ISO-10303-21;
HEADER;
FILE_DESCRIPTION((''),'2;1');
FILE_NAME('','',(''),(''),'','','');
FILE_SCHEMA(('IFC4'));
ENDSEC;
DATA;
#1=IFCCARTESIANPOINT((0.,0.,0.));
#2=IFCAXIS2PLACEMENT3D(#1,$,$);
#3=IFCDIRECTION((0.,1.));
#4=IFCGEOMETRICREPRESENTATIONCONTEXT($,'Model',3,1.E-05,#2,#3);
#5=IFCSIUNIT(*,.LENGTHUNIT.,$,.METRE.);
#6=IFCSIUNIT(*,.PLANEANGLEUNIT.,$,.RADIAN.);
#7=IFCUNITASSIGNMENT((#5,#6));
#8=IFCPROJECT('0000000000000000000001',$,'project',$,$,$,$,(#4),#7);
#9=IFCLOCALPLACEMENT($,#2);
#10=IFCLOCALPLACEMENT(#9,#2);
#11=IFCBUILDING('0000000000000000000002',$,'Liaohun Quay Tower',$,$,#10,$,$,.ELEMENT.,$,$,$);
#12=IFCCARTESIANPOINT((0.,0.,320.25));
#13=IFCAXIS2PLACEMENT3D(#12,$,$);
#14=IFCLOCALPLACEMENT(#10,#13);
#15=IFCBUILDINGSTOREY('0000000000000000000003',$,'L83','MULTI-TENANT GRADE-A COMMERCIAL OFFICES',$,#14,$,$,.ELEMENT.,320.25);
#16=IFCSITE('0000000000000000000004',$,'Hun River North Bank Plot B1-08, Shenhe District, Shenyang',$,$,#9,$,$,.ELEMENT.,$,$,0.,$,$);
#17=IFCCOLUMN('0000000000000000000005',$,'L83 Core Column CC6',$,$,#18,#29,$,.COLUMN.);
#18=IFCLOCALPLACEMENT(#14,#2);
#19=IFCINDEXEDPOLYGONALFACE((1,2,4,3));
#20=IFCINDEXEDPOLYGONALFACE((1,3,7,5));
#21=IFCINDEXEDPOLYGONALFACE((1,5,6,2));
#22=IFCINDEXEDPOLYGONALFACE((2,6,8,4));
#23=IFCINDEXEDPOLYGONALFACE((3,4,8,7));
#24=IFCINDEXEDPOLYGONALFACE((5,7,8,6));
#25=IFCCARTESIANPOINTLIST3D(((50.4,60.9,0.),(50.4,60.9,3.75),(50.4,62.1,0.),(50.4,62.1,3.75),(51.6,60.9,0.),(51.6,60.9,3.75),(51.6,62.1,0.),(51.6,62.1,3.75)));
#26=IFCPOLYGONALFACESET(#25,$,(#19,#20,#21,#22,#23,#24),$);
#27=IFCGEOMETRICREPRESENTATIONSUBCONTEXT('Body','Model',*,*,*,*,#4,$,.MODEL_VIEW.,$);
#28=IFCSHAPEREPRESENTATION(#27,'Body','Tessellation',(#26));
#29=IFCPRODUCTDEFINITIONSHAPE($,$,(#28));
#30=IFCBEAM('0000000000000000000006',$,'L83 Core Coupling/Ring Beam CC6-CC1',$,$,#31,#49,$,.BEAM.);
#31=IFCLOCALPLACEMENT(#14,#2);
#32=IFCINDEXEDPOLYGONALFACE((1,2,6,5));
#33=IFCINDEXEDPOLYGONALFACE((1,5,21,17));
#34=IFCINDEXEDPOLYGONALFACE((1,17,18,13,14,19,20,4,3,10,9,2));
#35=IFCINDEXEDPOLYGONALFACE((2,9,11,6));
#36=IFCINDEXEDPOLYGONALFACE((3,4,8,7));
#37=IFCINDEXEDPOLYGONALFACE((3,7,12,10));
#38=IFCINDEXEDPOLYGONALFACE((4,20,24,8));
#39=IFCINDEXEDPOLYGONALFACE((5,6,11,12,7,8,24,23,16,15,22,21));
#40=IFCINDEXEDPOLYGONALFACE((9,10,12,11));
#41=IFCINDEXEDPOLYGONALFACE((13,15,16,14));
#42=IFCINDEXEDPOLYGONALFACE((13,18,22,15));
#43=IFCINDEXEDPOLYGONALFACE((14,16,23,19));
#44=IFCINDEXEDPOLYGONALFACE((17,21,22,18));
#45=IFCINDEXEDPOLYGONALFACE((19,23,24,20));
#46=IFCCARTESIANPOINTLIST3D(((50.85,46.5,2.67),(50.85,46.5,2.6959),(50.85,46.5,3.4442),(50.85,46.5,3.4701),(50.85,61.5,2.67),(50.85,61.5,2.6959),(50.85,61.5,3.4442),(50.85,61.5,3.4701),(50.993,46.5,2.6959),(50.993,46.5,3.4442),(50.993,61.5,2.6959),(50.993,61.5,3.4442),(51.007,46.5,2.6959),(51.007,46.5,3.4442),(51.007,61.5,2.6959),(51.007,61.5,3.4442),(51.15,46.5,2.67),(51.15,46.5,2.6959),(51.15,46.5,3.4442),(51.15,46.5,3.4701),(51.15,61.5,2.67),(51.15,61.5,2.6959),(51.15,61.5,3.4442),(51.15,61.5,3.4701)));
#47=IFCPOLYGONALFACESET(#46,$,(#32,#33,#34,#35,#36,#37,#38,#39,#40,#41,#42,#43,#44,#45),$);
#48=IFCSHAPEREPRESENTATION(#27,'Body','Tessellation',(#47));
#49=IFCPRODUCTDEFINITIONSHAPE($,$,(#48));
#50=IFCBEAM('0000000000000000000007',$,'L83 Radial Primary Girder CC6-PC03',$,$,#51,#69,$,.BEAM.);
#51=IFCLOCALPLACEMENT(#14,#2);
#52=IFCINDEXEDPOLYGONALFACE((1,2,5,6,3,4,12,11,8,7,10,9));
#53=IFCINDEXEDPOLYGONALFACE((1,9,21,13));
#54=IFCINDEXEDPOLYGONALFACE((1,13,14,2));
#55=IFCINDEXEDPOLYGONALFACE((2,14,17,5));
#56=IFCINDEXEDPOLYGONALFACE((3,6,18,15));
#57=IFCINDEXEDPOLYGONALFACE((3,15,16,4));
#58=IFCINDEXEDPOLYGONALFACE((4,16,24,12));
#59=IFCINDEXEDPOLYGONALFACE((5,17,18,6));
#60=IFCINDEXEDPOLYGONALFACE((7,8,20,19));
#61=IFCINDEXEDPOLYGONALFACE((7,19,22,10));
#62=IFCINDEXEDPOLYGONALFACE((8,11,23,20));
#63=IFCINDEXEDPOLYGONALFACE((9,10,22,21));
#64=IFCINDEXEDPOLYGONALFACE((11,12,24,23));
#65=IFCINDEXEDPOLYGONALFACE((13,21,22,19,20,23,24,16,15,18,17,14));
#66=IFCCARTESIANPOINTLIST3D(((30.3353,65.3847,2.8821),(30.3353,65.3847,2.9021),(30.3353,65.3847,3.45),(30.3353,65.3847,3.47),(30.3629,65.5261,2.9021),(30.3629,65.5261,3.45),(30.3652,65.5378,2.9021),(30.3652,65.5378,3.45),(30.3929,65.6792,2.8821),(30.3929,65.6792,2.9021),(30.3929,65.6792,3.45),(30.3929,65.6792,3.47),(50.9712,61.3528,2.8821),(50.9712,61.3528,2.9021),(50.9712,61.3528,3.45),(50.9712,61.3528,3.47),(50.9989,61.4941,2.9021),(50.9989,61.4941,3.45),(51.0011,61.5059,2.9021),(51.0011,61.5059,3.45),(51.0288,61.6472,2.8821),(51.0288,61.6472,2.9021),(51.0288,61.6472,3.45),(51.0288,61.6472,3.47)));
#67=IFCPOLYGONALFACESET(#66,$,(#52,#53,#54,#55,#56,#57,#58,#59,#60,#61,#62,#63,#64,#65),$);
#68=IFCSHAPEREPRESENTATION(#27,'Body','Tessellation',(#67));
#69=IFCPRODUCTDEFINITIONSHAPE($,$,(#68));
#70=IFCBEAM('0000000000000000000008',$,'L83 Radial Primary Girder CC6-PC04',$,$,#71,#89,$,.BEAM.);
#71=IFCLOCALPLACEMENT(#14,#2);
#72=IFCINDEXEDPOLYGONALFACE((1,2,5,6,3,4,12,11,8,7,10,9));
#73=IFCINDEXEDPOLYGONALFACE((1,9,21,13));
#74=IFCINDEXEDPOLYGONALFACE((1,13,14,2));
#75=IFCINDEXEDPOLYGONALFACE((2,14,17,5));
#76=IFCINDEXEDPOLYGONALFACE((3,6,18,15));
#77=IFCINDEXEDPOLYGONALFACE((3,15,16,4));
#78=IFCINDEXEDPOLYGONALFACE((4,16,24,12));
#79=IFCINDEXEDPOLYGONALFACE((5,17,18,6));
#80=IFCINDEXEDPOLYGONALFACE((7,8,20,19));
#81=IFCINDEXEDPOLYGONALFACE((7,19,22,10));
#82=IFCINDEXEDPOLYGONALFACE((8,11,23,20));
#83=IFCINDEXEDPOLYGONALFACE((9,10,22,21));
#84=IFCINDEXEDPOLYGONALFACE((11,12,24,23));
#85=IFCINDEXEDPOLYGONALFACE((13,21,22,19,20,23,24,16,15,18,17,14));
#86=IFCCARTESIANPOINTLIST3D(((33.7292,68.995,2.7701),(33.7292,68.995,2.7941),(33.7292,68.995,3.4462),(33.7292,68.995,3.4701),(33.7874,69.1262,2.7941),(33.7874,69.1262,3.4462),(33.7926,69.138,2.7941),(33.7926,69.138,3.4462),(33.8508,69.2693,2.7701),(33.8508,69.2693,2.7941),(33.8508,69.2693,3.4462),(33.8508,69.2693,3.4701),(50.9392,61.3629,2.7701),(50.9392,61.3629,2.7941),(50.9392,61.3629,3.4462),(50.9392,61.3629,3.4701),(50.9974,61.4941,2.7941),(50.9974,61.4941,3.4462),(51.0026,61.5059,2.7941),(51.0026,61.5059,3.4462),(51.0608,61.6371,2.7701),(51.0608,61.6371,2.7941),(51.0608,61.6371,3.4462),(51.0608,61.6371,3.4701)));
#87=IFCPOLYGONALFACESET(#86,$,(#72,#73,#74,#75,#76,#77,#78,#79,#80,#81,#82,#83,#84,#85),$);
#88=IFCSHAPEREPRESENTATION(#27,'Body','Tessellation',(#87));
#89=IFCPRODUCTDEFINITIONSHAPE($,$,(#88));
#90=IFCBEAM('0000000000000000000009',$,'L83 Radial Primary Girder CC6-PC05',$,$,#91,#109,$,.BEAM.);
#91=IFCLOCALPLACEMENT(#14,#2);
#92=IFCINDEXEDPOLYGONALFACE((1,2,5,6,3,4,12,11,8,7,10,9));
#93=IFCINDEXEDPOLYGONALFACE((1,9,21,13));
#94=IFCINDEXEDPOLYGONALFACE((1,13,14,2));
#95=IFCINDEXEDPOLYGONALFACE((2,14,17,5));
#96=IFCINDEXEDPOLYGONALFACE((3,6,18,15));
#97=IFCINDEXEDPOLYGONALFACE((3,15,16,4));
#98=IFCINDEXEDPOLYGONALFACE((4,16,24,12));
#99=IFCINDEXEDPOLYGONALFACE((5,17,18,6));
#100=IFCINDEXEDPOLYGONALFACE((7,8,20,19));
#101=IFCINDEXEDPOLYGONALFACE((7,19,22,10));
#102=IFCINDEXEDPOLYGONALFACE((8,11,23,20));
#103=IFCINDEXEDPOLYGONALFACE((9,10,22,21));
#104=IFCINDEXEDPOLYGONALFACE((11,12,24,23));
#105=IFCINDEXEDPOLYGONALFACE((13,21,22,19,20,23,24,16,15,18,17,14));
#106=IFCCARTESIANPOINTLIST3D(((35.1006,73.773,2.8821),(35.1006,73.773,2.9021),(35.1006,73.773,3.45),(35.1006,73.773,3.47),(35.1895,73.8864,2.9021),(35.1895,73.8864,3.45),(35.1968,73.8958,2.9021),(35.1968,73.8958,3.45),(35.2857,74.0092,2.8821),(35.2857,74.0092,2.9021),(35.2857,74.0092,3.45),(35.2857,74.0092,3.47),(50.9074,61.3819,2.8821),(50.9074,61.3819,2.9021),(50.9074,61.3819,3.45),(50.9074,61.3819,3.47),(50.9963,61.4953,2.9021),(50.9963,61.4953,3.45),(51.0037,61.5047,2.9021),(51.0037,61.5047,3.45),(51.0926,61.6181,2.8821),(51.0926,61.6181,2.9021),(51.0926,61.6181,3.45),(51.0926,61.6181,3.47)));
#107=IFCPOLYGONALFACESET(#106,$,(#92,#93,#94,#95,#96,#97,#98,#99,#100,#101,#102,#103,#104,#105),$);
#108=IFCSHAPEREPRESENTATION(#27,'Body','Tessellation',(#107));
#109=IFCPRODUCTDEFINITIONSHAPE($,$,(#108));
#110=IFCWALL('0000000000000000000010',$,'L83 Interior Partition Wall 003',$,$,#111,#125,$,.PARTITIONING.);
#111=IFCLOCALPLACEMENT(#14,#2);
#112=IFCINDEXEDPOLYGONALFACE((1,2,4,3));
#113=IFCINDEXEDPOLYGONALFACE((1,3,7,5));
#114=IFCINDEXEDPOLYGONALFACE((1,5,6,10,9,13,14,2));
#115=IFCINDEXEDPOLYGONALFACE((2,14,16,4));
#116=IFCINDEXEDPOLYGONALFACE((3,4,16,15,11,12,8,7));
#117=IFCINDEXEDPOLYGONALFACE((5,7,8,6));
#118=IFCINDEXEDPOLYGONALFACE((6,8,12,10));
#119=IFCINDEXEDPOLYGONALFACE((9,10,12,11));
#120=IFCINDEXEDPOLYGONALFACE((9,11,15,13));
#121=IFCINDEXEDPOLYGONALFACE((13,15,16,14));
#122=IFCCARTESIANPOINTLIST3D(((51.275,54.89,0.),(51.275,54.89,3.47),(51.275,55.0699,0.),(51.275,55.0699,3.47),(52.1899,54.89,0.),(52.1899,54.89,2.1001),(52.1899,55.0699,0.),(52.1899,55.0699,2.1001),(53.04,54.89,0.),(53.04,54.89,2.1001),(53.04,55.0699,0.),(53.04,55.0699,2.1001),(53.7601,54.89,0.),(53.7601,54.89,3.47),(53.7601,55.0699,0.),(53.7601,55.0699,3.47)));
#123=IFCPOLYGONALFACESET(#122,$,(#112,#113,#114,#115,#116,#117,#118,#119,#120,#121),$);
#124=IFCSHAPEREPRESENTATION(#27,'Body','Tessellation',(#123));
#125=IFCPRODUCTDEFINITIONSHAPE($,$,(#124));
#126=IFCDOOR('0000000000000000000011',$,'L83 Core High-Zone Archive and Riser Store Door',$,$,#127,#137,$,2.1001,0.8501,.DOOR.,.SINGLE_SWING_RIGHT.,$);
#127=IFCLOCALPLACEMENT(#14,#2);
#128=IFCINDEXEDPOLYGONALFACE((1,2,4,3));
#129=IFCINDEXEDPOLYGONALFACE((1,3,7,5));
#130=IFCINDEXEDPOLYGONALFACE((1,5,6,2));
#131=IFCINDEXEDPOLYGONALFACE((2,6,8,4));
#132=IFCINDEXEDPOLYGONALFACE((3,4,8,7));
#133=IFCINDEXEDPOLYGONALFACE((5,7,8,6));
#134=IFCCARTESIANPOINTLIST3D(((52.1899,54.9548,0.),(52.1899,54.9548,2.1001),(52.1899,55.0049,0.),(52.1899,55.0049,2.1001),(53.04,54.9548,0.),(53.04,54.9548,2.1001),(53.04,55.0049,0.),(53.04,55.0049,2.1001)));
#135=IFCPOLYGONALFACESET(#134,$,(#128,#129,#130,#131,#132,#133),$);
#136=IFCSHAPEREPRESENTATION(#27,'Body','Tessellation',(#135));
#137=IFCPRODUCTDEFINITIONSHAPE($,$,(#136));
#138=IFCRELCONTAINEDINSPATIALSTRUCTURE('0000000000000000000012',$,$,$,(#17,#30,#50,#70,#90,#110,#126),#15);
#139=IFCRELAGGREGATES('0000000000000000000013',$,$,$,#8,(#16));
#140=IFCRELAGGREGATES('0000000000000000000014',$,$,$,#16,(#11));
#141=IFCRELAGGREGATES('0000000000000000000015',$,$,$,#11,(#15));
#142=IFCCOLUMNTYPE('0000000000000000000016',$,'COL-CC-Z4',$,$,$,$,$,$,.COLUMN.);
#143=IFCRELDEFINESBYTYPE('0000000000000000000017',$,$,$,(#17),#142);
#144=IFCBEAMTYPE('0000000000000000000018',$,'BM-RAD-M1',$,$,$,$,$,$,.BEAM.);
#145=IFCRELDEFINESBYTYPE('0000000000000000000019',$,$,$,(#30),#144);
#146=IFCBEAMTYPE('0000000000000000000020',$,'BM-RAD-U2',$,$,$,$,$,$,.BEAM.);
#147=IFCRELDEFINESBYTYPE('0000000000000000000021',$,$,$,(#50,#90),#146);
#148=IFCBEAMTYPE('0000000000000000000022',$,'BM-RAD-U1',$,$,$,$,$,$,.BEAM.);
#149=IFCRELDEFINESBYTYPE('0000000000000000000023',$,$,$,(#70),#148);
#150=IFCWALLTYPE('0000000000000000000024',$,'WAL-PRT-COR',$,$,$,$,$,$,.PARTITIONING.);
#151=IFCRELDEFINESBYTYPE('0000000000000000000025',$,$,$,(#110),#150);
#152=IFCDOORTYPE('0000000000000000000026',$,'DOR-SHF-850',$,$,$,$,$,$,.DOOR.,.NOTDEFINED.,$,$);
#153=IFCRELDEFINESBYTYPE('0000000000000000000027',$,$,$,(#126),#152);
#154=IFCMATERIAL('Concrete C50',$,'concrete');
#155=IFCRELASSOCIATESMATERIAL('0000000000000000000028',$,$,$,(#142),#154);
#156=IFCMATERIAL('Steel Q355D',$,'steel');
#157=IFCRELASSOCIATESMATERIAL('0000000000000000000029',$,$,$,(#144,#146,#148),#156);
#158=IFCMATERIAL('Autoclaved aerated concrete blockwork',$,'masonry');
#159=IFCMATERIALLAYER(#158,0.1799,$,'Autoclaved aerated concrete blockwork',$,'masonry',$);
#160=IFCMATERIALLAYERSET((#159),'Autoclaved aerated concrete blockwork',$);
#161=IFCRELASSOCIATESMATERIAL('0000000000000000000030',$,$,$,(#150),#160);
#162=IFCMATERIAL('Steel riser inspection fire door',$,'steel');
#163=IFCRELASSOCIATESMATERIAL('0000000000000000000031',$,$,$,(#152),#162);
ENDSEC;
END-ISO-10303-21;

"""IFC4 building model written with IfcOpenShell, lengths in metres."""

from ifc_helpers import new_model, si_unit, direction, frame, frame_2d, origin, origin_2d, place, context, subcontext, project, spatial, rectangle, i_section, extrude, source, transform, mapped, material, layer, layer_set, material_profile, profile_set, type_object, element, fill, save


model = new_model("IFC4")

# Units and contexts
model_context = context("Model", 3, precision=1e-05, world=origin(), true_north=direction((0.0, 1.0)))
body_context = subcontext(model_context, "Body", "Model", "MODEL_VIEW")
ifc_project = project(units=[si_unit("LENGTHUNIT", "METRE"), si_unit("PLANEANGLEUNIT", "RADIAN")], contexts=[model_context])

# Site, building, storey
site_placement = place(None, origin())
site = spatial("IfcSite", under=ifc_project, at=site_placement, Name="Hun River North Bank Plot B1-08, Shenhe District, Shenyang", CompositionType="ELEMENT", RefElevation=0.0)
building_placement = place(site_placement, origin())
building = spatial("IfcBuilding", under=site, at=building_placement, Name="Liaohun Quay Tower", CompositionType="ELEMENT")
storey_placement = place(building_placement, frame((0.0, 0.0, 320.25)))
storey = spatial("IfcBuildingStorey", under=building, at=storey_placement, Name="L83", Description="MULTI-TENANT GRADE-A COMMERCIAL OFFICES", CompositionType="ELEMENT", Elevation=320.25)

# Column
ifc_material_1 = material(Name="Concrete C50", Category="concrete")
ifc_material_profile_1 = material_profile(ifc_material_1, rectangle(XDim=1.2, YDim=1.2, at=origin_2d()), Name="RC1200x1200")
ifc_profile_set_1 = profile_set([ifc_material_profile_1], Name="Concrete C50")
column_type = type_object("IfcColumnType", Name="COL-CC-Z4", PredefinedType="COLUMN", material=ifc_profile_set_1)
shared_shape_1 = source(origin(), body_context, "Body", "SweptSolid", [
    extrude(rectangle(XDim=1.2, YDim=1.2, at=origin_2d()), origin(), (0.0, 0.0, 1.0), 3.75),
])
column_placement = place(storey_placement, frame((51.0, 61.5, 0.0), z_axis=(0.0, 0.0, 1.0), x_axis=(1.0, 0.0, 0.0)))
element("IfcColumn", 1, at=column_placement, inside=storey, type_object=column_type, Name="L83 Core Column CC6", PredefinedType="COLUMN", context=body_context, shape_type="MappedRepresentation", body=[
    mapped(shared_shape_1, transform((0.0, 0.0, 0.0), x_axis=(1.0, 0.0, 0.0), y_axis=(0.0, 1.0, 0.0), z_axis=(0.0, 0.0, 1.0), scale=1.0)),
])

# Beams
ifc_material_2 = material(Name="Steel Q355D", Category="steel")
ifc_material_profile_2 = material_profile(ifc_material_2, i_section(OverallWidth=0.3, OverallDepth=0.8, WebThickness=0.0139, FlangeThickness=0.0259, at=origin_2d()), Name="HN800x300x14x26")
ifc_profile_set_2 = profile_set([ifc_material_profile_2], Name="Steel Q355D")
beam_type_1 = type_object("IfcBeamType", Name="BM-RAD-M1", PredefinedType="BEAM", material=ifc_profile_set_2)
shared_shape_2 = source(origin(), body_context, "Body", "SweptSolid", [
    extrude(i_section(OverallWidth=0.3, OverallDepth=0.8, WebThickness=0.0139, FlangeThickness=0.0259, at=origin_2d()), origin(), (0.0, 0.0, 1.0), 15.0),
])
beam_1_placement = place(storey_placement, frame((51.0, 61.5, 3.0701), z_axis=(0.0, -1.0, 0.0), x_axis=(1.0, 0.0, 0.0)))
element("IfcBeam", 2, at=beam_1_placement, inside=storey, type_object=beam_type_1, Name="L83 Core Coupling/Ring Beam CC6-CC1", PredefinedType="BEAM", context=body_context, shape_type="MappedRepresentation", body=[
    mapped(shared_shape_2, transform((0.0, 0.0, 0.0), x_axis=(1.0, 0.0, 0.0), y_axis=(0.0, 1.0, 0.0), z_axis=(0.0, 0.0, 1.0), scale=1.0)),
])
ifc_material_profile_3 = material_profile(ifc_material_2, i_section(OverallWidth=0.3, OverallDepth=0.5879, WebThickness=0.012, FlangeThickness=0.02, at=origin_2d()), Name="HM588x300x12x20")
ifc_profile_set_3 = profile_set([ifc_material_profile_3], Name="Steel Q355D")
beam_type_2 = type_object("IfcBeamType", Name="BM-RAD-U2", PredefinedType="BEAM", material=ifc_profile_set_3)
shared_shape_3 = source(origin(), body_context, "Body", "SweptSolid", [
    extrude(i_section(OverallWidth=0.3, OverallDepth=0.5879, WebThickness=0.012, FlangeThickness=0.02, at=origin_2d()), origin(), (0.0, 0.0, 1.0), 21.0261),
])
beam_2_placement = place(storey_placement, frame((51.0, 61.5, 3.176), z_axis=(-0.981442, 0.19176, 0.0), x_axis=(-0.19176, -0.981442, 0.0)))
element("IfcBeam", 3, at=beam_2_placement, inside=storey, type_object=beam_type_2, Name="L83 Radial Primary Girder CC6-PC03", PredefinedType="BEAM", context=body_context, shape_type="MappedRepresentation", body=[
    mapped(shared_shape_3, transform((0.0, 0.0, 0.0), x_axis=(1.0, 0.0, 0.0), y_axis=(0.0, 1.0, 0.0), z_axis=(0.0, 0.0, 1.0), scale=1.0)),
])
ifc_material_profile_4 = material_profile(ifc_material_2, i_section(OverallWidth=0.3, OverallDepth=0.7, WebThickness=0.0129, FlangeThickness=0.0239, at=origin_2d()), Name="HN700x300x13x24")
ifc_profile_set_4 = profile_set([ifc_material_profile_4], Name="Steel Q355D")
beam_type_3 = type_object("IfcBeamType", Name="BM-RAD-U1", PredefinedType="BEAM", material=ifc_profile_set_4)
shared_shape_4 = source(origin(), body_context, "Body", "SweptSolid", [
    extrude(i_section(OverallWidth=0.3, OverallDepth=0.7, WebThickness=0.0129, FlangeThickness=0.0239, at=origin_2d()), origin(), (0.0, 0.0, 1.0), 18.8264),
])
beam_3_placement = place(storey_placement, frame((51.0, 61.5, 3.1201), z_axis=(-0.914142, 0.405394, 0.0), x_axis=(-0.405394, -0.914142, 0.0)))
element("IfcBeam", 4, at=beam_3_placement, inside=storey, type_object=beam_type_3, Name="L83 Radial Primary Girder CC6-PC04", PredefinedType="BEAM", context=body_context, shape_type="MappedRepresentation", body=[
    mapped(shared_shape_4, transform((0.0, 0.0, 0.0), x_axis=(1.0, 0.0, 0.0), y_axis=(0.0, 1.0, 0.0), z_axis=(0.0, 0.0, 1.0), scale=1.0)),
])
shared_shape_5 = source(origin(), body_context, "Body", "SweptSolid", [
    extrude(i_section(OverallWidth=0.3, OverallDepth=0.5879, WebThickness=0.012, FlangeThickness=0.02, at=origin_2d()), origin(), (0.0, 0.0, 1.0), 20.0847),
])
beam_4_placement = place(storey_placement, frame((51.0, 61.5, 3.176), z_axis=(-0.787009, 0.616941, 0.0), x_axis=(-0.616941, -0.787009, 0.0)))
element("IfcBeam", 5, at=beam_4_placement, inside=storey, type_object=beam_type_2, Name="L83 Radial Primary Girder CC6-PC05", PredefinedType="BEAM", context=body_context, shape_type="MappedRepresentation", body=[
    mapped(shared_shape_5, transform((0.0, 0.0, 0.0), x_axis=(1.0, 0.0, 0.0), y_axis=(0.0, 1.0, 0.0), z_axis=(0.0, 0.0, 1.0), scale=1.0)),
])

# Wall, opening, door
ifc_material_3 = material(Name="Autoclaved aerated concrete blockwork", Category="masonry")
ifc_layer_1 = layer(ifc_material_3, 0.1799, Name="Autoclaved aerated concrete blockwork", Category="masonry")
ifc_layer_set_1 = layer_set([ifc_layer_1], Name="Autoclaved aerated concrete blockwork")
wall_type_1 = type_object("IfcWallType", Name="WAL-PRT-COR", PredefinedType="PARTITIONING", material=ifc_layer_set_1)
wall_1_placement = place(storey_placement, frame((51.2749, 54.98, 0.0), z_axis=(0.0, 0.0, 1.0), x_axis=(1.0, 0.0, 0.0)))
wall_1 = element("IfcWall", 6, at=wall_1_placement, inside=storey, type_object=wall_type_1, Name="L83 Interior Partition Wall 003", PredefinedType="PARTITIONING", context=body_context, shape_type="SweptSolid", body=[
    extrude(rectangle(XDim=2.4851, YDim=0.1799, at=frame_2d((1.2427, 0.0))), origin(), (0.0, 0.0, 1.0), 3.47),
])
shared_shape_6 = source(origin(), body_context, "Body", "SweptSolid", [
    extrude(rectangle(XDim=0.8501, YDim=2.1001, at=frame_2d((0.425, 1.05))), frame((0.0, 0.0999, 0.0), z_axis=(0.0, -1.0, 0.0), x_axis=(1.0, 0.0, 0.0)), (0.0, 0.0, 1.0), 0.2),
])
opening_1_placement = place(wall_1_placement, frame((0.915, 0.0, 0.0)))
opening_1 = element("IfcOpeningElement", 7, at=opening_1_placement, cuts=wall_1, PredefinedType="OPENING", context=body_context, shape_type="MappedRepresentation", body=[
    mapped(shared_shape_6, transform((0.0, 0.0, 0.0), x_axis=(1.0, 0.0, 0.0), y_axis=(0.0, 1.0, 0.0), z_axis=(0.0, 0.0, 1.0), scale=1.0)),
])
ifc_material_4 = material(Name="Steel riser inspection fire door", Category="steel")
door_type_1 = type_object("IfcDoorType", Name="DOR-SHF-850", OperationType="NOTDEFINED", PredefinedType="DOOR", material=ifc_material_4)
shared_shape_7 = source(origin(), body_context, "Body", "SweptSolid", [
    extrude(rectangle(XDim=0.8501, YDim=2.1001, at=frame_2d((0.425, 1.05))), frame((0.0, 0.0249, 0.0), z_axis=(0.0, -1.0, 0.0), x_axis=(1.0, 0.0, 0.0)), (0.0, 0.0, 1.0), 0.05),
])
door_1_placement = place(opening_1_placement, origin())
door_1 = element("IfcDoor", 8, at=door_1_placement, inside=storey, type_object=door_type_1, Name="L83 Core High-Zone Archive and Riser Store Door", OperationType="SINGLE_SWING_RIGHT", OverallHeight=2.1001, OverallWidth=0.8501, PredefinedType="DOOR", context=body_context, shape_type="MappedRepresentation", body=[
    mapped(shared_shape_7, transform((0.0, 0.0, 0.0), x_axis=(1.0, 0.0, 0.0), y_axis=(0.0, 1.0, 0.0), z_axis=(0.0, 0.0, 1.0), scale=1.0)),
])
fill(opening_1, door_1)

save(model, "model.ifc")
